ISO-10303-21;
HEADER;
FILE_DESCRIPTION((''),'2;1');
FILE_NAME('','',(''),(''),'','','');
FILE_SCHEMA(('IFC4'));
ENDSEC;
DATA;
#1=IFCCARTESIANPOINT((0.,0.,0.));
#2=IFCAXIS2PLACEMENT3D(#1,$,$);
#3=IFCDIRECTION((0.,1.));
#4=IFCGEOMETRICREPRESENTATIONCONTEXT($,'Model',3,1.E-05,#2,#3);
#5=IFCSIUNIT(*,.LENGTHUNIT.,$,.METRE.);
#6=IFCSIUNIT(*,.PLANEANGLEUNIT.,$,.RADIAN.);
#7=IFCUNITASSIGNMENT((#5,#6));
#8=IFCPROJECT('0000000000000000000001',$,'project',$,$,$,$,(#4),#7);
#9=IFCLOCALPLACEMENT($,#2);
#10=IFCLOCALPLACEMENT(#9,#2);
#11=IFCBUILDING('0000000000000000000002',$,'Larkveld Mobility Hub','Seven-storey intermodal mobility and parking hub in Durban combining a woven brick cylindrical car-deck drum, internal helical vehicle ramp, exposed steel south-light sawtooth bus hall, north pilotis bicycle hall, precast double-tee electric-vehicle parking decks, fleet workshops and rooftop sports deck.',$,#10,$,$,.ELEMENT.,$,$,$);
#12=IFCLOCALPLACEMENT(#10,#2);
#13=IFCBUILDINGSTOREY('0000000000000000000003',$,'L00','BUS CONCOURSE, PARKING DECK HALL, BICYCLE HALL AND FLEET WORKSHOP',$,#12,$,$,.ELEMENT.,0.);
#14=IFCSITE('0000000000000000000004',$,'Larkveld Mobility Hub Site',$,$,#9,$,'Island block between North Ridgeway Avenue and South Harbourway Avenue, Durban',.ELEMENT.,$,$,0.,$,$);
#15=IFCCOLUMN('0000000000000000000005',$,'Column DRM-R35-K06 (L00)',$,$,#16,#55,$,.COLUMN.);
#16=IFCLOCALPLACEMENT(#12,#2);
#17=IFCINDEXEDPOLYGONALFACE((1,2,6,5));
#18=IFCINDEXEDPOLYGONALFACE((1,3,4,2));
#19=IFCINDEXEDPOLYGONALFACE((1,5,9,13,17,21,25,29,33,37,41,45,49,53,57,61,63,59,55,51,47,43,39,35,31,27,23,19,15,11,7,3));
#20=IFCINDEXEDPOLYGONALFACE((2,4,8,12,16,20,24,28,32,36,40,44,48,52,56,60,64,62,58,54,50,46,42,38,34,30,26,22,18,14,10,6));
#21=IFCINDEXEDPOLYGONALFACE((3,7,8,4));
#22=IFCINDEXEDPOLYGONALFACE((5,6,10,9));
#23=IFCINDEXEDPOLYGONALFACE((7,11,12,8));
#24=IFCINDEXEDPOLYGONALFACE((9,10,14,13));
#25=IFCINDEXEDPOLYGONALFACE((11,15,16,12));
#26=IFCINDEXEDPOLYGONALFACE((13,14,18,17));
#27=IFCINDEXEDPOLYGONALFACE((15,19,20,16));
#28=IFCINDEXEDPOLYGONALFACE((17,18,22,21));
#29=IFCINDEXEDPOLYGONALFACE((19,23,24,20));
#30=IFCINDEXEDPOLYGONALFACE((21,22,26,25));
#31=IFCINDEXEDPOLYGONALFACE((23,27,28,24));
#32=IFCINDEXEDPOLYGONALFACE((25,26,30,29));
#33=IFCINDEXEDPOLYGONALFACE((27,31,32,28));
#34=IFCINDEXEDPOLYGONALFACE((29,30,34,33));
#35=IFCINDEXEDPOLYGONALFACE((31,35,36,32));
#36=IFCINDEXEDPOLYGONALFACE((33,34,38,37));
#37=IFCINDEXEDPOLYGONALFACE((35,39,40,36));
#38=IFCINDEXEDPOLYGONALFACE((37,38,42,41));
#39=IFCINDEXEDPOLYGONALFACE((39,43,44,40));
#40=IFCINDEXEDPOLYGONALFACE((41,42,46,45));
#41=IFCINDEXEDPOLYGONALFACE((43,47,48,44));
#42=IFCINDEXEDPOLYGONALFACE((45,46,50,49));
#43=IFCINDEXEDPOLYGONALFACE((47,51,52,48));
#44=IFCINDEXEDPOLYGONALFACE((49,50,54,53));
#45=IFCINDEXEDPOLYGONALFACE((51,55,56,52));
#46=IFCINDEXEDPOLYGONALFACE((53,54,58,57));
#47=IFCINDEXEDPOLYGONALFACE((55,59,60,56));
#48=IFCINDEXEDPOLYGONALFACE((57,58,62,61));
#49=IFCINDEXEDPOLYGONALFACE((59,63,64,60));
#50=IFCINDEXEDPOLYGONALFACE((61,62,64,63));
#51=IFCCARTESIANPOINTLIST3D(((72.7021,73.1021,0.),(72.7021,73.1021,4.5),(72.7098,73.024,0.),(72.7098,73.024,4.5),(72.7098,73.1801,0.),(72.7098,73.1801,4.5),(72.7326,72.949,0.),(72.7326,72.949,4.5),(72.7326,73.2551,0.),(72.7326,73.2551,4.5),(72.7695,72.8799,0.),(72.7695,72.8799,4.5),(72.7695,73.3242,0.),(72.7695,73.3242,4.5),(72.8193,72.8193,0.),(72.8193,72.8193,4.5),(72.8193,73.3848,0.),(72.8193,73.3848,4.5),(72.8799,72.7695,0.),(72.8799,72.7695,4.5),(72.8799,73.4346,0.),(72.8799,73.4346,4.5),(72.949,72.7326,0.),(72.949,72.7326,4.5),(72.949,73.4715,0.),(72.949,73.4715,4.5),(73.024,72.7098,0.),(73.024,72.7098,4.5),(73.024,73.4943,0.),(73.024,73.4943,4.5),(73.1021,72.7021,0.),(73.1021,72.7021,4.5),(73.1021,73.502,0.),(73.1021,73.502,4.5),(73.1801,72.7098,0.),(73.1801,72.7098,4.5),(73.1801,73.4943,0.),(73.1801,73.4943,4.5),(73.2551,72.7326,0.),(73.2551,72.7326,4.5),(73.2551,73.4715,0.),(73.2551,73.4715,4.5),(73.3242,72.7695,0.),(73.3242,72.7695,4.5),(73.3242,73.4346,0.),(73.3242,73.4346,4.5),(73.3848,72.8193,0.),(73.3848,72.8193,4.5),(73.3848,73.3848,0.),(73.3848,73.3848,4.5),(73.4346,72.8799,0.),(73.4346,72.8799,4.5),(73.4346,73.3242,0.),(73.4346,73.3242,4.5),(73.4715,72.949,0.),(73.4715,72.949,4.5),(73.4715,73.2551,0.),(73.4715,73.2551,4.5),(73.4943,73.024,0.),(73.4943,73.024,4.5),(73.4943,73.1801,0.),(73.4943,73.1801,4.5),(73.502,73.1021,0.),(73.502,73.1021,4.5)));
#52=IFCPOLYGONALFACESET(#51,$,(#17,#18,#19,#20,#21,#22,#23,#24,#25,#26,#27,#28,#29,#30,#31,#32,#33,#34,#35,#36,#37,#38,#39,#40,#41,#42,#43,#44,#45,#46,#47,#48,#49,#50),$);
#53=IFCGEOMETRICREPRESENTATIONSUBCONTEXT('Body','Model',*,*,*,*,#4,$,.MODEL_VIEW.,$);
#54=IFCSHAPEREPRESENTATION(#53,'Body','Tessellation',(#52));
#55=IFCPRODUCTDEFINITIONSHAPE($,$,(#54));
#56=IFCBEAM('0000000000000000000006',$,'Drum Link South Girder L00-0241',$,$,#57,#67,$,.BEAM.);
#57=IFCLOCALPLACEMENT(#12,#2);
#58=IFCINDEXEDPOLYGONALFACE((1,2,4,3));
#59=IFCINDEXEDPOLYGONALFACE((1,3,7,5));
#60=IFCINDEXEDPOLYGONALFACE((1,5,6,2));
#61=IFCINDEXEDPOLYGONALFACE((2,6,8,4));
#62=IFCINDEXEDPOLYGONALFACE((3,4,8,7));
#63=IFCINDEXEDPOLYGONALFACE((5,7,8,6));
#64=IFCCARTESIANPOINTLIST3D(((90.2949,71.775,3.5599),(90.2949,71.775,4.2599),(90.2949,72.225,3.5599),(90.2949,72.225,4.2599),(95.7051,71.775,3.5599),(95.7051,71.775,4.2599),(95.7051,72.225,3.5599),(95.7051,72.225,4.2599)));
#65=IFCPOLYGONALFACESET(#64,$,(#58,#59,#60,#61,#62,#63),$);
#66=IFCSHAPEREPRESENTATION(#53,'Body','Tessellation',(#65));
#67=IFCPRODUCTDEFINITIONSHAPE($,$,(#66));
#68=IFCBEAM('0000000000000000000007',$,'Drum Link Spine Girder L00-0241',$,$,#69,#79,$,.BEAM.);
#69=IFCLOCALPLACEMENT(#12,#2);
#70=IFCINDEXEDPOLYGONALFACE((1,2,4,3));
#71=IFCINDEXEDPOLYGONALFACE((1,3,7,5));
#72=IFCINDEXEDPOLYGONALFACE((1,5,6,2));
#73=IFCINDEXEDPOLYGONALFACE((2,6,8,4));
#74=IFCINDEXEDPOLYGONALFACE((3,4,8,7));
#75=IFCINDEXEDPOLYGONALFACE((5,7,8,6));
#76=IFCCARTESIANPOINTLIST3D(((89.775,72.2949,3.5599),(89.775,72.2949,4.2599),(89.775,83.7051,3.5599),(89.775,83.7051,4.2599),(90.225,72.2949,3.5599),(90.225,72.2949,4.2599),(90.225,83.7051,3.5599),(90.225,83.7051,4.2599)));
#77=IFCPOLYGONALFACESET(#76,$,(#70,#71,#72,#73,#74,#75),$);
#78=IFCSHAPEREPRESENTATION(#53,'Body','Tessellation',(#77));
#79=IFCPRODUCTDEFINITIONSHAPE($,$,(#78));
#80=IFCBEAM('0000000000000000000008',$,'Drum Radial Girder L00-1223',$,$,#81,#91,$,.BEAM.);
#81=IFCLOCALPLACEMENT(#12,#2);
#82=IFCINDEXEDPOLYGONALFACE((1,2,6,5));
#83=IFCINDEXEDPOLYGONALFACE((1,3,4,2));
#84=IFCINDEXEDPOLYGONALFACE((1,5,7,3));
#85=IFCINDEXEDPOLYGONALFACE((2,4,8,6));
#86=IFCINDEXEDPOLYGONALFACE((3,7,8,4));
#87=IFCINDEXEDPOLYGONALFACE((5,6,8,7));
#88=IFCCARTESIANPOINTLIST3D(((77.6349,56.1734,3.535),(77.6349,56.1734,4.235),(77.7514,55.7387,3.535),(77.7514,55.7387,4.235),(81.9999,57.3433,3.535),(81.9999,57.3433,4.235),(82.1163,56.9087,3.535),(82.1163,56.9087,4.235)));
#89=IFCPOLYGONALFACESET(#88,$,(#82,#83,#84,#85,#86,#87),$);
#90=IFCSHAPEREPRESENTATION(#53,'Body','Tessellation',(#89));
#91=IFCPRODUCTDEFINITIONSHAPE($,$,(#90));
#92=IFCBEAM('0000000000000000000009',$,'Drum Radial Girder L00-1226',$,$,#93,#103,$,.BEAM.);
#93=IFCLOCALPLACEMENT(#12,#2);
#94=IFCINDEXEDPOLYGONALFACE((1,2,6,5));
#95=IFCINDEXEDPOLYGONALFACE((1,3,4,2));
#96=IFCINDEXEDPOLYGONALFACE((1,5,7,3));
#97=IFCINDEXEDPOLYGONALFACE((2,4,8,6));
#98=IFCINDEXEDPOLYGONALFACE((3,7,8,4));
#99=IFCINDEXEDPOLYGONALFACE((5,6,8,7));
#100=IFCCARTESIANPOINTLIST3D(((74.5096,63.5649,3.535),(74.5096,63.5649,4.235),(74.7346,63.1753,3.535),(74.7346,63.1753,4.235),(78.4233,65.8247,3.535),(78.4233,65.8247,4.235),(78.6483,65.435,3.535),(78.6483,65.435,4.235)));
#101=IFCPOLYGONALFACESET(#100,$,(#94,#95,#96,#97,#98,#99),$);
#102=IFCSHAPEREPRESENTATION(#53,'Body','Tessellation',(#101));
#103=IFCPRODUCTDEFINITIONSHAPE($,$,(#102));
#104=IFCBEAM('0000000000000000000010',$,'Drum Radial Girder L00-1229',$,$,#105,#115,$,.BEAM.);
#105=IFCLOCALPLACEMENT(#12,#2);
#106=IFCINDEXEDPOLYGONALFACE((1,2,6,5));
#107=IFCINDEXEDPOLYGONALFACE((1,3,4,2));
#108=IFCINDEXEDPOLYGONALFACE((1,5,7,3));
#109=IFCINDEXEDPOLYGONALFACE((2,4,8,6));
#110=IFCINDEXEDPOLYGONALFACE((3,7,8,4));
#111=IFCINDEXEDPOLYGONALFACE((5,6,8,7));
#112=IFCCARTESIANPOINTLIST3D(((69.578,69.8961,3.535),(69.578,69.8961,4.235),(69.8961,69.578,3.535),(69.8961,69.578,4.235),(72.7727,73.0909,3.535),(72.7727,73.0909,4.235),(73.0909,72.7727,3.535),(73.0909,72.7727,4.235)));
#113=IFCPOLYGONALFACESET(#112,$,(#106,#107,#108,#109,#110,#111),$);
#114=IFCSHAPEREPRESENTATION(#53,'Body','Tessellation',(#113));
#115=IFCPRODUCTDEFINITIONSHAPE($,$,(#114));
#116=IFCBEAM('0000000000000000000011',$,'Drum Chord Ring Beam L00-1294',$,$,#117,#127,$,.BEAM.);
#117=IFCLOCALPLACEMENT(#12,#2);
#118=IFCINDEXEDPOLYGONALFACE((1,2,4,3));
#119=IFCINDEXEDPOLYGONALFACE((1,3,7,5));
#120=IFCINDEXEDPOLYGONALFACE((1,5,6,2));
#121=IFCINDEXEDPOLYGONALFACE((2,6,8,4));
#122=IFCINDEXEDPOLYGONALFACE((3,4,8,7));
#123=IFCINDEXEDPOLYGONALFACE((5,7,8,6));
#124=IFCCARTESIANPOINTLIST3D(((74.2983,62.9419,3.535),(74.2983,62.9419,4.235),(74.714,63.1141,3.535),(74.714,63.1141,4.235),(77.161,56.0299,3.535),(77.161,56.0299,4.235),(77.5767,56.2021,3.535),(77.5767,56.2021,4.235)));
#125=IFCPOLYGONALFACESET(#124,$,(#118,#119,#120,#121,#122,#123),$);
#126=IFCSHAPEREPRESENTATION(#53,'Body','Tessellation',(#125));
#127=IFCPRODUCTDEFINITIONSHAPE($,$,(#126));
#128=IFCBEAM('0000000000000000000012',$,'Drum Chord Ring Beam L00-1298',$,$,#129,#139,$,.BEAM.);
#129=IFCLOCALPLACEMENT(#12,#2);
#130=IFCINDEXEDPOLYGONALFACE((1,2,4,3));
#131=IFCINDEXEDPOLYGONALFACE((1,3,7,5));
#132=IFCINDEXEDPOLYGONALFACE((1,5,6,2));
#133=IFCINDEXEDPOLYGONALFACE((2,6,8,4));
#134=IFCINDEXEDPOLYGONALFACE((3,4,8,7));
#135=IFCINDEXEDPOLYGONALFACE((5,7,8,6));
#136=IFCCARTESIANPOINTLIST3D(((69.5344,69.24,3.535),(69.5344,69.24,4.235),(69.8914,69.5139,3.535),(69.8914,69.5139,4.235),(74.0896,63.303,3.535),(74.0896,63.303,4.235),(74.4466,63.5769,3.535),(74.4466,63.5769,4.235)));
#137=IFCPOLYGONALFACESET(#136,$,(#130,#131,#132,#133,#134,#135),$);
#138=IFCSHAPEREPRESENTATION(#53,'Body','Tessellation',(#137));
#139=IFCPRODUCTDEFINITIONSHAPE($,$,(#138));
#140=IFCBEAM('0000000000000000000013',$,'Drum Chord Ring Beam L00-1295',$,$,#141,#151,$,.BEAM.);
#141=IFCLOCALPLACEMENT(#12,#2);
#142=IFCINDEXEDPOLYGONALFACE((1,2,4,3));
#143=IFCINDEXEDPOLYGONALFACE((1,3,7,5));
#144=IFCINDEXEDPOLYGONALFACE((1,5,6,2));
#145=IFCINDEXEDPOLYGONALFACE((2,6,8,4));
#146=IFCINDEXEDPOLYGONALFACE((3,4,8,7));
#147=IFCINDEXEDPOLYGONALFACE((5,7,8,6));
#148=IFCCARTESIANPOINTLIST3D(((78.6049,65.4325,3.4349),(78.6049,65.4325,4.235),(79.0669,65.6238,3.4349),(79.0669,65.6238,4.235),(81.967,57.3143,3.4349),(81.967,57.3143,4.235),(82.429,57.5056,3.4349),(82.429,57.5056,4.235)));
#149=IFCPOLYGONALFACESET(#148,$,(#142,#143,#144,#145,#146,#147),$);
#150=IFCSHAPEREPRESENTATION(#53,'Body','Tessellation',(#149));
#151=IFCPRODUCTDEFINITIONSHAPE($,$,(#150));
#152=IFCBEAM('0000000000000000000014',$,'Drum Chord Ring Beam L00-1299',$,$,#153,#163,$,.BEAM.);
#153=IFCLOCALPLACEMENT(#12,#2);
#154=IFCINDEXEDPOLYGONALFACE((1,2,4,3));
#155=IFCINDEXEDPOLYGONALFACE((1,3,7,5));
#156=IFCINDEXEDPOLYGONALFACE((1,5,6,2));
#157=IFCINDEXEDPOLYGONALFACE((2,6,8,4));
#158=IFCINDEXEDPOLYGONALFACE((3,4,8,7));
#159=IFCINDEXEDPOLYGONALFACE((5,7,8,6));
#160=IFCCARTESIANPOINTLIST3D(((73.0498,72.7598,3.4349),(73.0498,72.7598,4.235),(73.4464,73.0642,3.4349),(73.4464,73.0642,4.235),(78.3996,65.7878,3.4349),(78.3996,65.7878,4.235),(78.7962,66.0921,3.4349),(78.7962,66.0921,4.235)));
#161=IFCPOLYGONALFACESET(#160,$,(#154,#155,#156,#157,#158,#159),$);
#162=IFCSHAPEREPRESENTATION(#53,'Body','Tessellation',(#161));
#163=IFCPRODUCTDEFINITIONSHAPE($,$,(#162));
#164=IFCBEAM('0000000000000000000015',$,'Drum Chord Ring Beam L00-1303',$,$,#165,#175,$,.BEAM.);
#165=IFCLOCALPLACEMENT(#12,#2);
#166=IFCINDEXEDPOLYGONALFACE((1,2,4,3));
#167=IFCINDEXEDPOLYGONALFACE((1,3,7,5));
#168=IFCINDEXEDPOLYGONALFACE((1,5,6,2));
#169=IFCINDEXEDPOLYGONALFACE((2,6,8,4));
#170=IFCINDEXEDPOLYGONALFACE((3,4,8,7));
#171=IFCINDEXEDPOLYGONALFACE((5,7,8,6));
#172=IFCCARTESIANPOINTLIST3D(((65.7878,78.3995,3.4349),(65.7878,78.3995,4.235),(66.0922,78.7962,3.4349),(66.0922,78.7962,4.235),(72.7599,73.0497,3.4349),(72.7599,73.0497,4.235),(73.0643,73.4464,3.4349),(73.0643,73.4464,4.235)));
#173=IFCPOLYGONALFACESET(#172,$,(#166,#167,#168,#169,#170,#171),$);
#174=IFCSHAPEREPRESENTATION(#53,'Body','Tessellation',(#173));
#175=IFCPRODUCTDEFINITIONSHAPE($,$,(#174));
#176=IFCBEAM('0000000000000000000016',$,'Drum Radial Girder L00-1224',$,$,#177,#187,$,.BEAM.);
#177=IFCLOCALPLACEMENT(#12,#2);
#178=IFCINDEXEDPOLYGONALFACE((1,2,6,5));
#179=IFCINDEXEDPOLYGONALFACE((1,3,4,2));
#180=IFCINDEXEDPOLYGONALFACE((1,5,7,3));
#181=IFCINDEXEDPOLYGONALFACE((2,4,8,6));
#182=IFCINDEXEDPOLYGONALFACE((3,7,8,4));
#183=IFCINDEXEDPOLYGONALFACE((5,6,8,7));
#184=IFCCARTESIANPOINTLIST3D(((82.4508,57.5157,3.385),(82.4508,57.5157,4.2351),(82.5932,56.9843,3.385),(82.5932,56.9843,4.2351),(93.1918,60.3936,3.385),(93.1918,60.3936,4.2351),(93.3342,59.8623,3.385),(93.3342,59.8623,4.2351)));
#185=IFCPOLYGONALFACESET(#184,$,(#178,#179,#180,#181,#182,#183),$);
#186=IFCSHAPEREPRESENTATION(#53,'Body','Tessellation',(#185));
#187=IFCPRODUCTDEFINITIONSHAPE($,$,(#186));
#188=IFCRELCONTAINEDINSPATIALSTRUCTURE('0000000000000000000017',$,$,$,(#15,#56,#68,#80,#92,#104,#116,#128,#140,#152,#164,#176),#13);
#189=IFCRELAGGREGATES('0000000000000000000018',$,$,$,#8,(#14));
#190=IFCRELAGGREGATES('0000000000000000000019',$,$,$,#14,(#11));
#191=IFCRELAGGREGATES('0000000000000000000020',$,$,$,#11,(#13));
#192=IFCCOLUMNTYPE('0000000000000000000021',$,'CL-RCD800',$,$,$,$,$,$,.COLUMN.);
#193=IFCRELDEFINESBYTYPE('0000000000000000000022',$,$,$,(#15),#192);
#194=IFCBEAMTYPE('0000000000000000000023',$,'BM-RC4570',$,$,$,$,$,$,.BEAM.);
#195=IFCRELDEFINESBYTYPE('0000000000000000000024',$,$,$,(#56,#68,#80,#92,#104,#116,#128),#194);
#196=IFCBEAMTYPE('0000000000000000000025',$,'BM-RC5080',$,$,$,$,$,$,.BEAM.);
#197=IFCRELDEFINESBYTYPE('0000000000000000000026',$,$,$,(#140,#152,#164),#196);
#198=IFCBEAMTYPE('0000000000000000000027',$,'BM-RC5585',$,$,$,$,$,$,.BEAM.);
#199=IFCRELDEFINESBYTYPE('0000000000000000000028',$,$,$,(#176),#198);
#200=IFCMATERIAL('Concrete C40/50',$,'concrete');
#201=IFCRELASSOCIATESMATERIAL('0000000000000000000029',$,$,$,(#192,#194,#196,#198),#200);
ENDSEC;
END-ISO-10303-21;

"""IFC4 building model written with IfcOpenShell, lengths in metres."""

from ifc_helpers import new_model, si_unit, direction, frame, origin, origin_2d, place, context, subcontext, project, spatial, rectangle, circle, extrude, material, material_profile, profile_set, type_object, element, save


model = new_model("IFC4")

# Units and contexts
model_context = context("Model", 3, precision=1e-05, world=origin(), true_north=direction((0.0, 1.0)))
body_context = subcontext(model_context, "Body", "Model", "MODEL_VIEW")
ifc_project = project(units=[si_unit("LENGTHUNIT", "METRE"), si_unit("PLANEANGLEUNIT", "RADIAN")], contexts=[model_context])

# Site, building, storey
site_placement = place(None, origin())
site = spatial("IfcSite", under=ifc_project, at=site_placement, Name="Larkveld Mobility Hub Site", LongName="Island block between North Ridgeway Avenue and South Harbourway Avenue, Durban", CompositionType="ELEMENT", RefElevation=0.0)
building_placement = place(site_placement, origin())
building = spatial("IfcBuilding", under=site, at=building_placement, Name="Larkveld Mobility Hub", Description="Seven-storey intermodal mobility and parking hub in Durban combining a woven brick cylindrical car-deck drum, internal helical vehicle ramp, exposed steel south-light sawtooth bus hall, north pilotis bicycle hall, precast double-tee electric-vehicle parking decks, fleet workshops and rooftop sports deck.", CompositionType="ELEMENT")
storey_placement = place(building_placement, origin())
storey = spatial("IfcBuildingStorey", under=building, at=storey_placement, Name="L00", Description="BUS CONCOURSE, PARKING DECK HALL, BICYCLE HALL AND FLEET WORKSHOP", CompositionType="ELEMENT", Elevation=0.0)

# Column
ifc_material_1 = material(Name="Concrete C40/50", Category="concrete")
ifc_material_profile_1 = material_profile(ifc_material_1, circle(Radius=0.3999, at=origin_2d()), Name="RC COL D800")
ifc_profile_set_1 = profile_set([ifc_material_profile_1], Name="Concrete C40/50")
column_type_1 = type_object("IfcColumnType", Name="CL-RCD800", PredefinedType="COLUMN", material=ifc_profile_set_1)
for number, where, z_axis, x_axis, name in (
    (1, (73.1021, 73.1021, 0.0), (0.0, 0.0, 1.0), (1.0, 0.0, 0.0), "Column DRM-R35-K06 (L00)"),
):
    element("IfcColumn", number, at=place(storey_placement, frame(where, z_axis=z_axis, x_axis=x_axis)), inside=storey, type_object=column_type_1, Name=name, PredefinedType="COLUMN", context=body_context, shape_type="SweptSolid", body=[
        extrude(circle(Radius=0.3999, at=origin_2d()), origin(), (0.0, 0.0, 1.0), 4.5),
    ])

# Beams
ifc_material_profile_2 = material_profile(ifc_material_1, rectangle(XDim=0.45, YDim=0.7, at=origin_2d()), Name="RC BM 450x700")
ifc_profile_set_2 = profile_set([ifc_material_profile_2], Name="Concrete C40/50")
beam_type_1 = type_object("IfcBeamType", Name="BM-RC4570", PredefinedType="BEAM", material=ifc_profile_set_2)
beam_1_placement = place(storey_placement, frame((90.2949, 72.0, 3.9099), z_axis=(1.0, 0.0, 0.0), x_axis=(0.0, 1.0, 0.0)))
element("IfcBeam", 2, at=beam_1_placement, inside=storey, type_object=beam_type_1, Name="Drum Link South Girder L00-0241", PredefinedType="BEAM", context=body_context, shape_type="SweptSolid", body=[
    extrude(rectangle(XDim=0.45, YDim=0.7, at=origin_2d()), origin(), (0.0, 0.0, 1.0), 5.4102),
])
beam_2_placement = place(storey_placement, frame((90.0, 72.2949, 3.9099), z_axis=(0.0, 1.0, 0.0), x_axis=(-1.0, 0.0, 0.0)))
element("IfcBeam", 3, at=beam_2_placement, inside=storey, type_object=beam_type_1, Name="Drum Link Spine Girder L00-0241", PredefinedType="BEAM", context=body_context, shape_type="SweptSolid", body=[
    extrude(rectangle(XDim=0.45, YDim=0.7, at=origin_2d()), origin(), (0.0, 0.0, 1.0), 11.4102),
])
beam_3_placement = place(storey_placement, frame((77.6931, 55.9561, 3.885), z_axis=(0.965908, 0.258886, 0.0), x_axis=(-0.258886, 0.965908, 0.0)))
element("IfcBeam", 4, at=beam_3_placement, inside=storey, type_object=beam_type_1, Name="Drum Radial Girder L00-1223", PredefinedType="BEAM", context=body_context, shape_type="SweptSolid", body=[
    extrude(rectangle(XDim=0.45, YDim=0.7, at=origin_2d()), origin(), (0.0, 0.0, 1.0), 4.519),
])
beam_4_placement = place(storey_placement, frame((74.6221, 63.3701, 3.885), z_axis=(0.866014, 0.50002, 0.0), x_axis=(-0.50002, 0.866014, 0.0)))
element("IfcBeam", 5, at=beam_4_placement, inside=storey, type_object=beam_type_1, Name="Drum Radial Girder L00-1226", PredefinedType="BEAM", context=body_context, shape_type="SweptSolid", body=[
    extrude(rectangle(XDim=0.45, YDim=0.7, at=origin_2d()), origin(), (0.0, 0.0, 1.0), 4.5193),
])
beam_5_placement = place(storey_placement, frame((69.7371, 69.7371, 3.885), z_axis=(0.707107, 0.707107, 0.0), x_axis=(-0.707107, 0.707107, 0.0)))
element("IfcBeam", 6, at=beam_5_placement, inside=storey, type_object=beam_type_1, Name="Drum Radial Girder L00-1229", PredefinedType="BEAM", context=body_context, shape_type="SweptSolid", body=[
    extrude(rectangle(XDim=0.45, YDim=0.7, at=origin_2d()), origin(), (0.0, 0.0, 1.0), 4.5181),
])
beam_6_placement = place(storey_placement, frame((77.3689, 56.116, 3.885), z_axis=(-0.38265, 0.923894, 0.0), x_axis=(-0.923894, -0.38265, 0.0)))
element("IfcBeam", 7, at=beam_6_placement, inside=storey, type_object=beam_type_1, Name="Drum Chord Ring Beam L00-1294", PredefinedType="BEAM", context=body_context, shape_type="SweptSolid", body=[
    extrude(rectangle(XDim=0.45, YDim=0.7, at=origin_2d()), origin(), (0.0, 0.0, 1.0), 7.4814),
])
beam_7_placement = place(storey_placement, frame((74.2681, 63.4399, 3.885), z_axis=(-0.608723, 0.793383, 0.0), x_axis=(-0.793383, -0.608723, 0.0)))
element("IfcBeam", 8, at=beam_7_placement, inside=storey, type_object=beam_type_1, Name="Drum Chord Ring Beam L00-1298", PredefinedType="BEAM", context=body_context, shape_type="SweptSolid", body=[
    extrude(rectangle(XDim=0.45, YDim=0.7, at=origin_2d()), origin(), (0.0, 0.0, 1.0), 7.4832),
])
ifc_material_profile_3 = material_profile(ifc_material_1, rectangle(XDim=0.5, YDim=0.8, at=origin_2d()), Name="RC BM 500x800")
ifc_profile_set_3 = profile_set([ifc_material_profile_3], Name="Concrete C40/50")
beam_type_2 = type_object("IfcBeamType", Name="BM-RC5080", PredefinedType="BEAM", material=ifc_profile_set_3)
beam_8_placement = place(storey_placement, frame((82.198, 57.4099, 3.835), z_axis=(-0.382626, 0.923903, 0.0), x_axis=(-0.923903, -0.382626, 0.0)))
element("IfcBeam", 9, at=beam_8_placement, inside=storey, type_object=beam_type_2, Name="Drum Chord Ring Beam L00-1295", PredefinedType="BEAM", context=body_context, shape_type="SweptSolid", body=[
    extrude(rectangle(XDim=0.5, YDim=0.8, at=origin_2d()), origin(), (0.0, 0.0, 1.0), 8.7869),
])
for number, where, z_axis, x_axis, name in (
    (10, (78.5979, 65.9399, 3.835), (-0.608756, 0.793358, 0.0), (-0.793358, -0.608756, 0.0), "Drum Chord Ring Beam L00-1299"),
    (11, (72.9121, 73.248, 3.835), (-0.793358, 0.608756, 0.0), (-0.608756, -0.793358, 0.0), "Drum Chord Ring Beam L00-1303"),
):
    element("IfcBeam", number, at=place(storey_placement, frame(where, z_axis=z_axis, x_axis=x_axis)), inside=storey, type_object=beam_type_2, Name=name, PredefinedType="BEAM", context=body_context, shape_type="SweptSolid", body=[
        extrude(rectangle(XDim=0.5, YDim=0.8, at=origin_2d()), origin(), (0.0, 0.0, 1.0), 8.7881),
    ])
ifc_material_profile_4 = material_profile(ifc_material_1, rectangle(XDim=0.55, YDim=0.8501, at=origin_2d()), Name="RC BM 550x850")
ifc_profile_set_4 = profile_set([ifc_material_profile_4], Name="Concrete C40/50")
beam_type_3 = type_object("IfcBeamType", Name="BM-RC5585", PredefinedType="BEAM", material=ifc_profile_set_4)
for number, where, z_axis, x_axis, name in (
    (12, (82.522, 57.25, 3.8101), (0.965928, 0.25881, 0.0), (-0.25881, 0.965928, 0.0), "Drum Radial Girder L00-1224"),
):
    element("IfcBeam", number, at=place(storey_placement, frame(where, z_axis=z_axis, x_axis=x_axis)), inside=storey, type_object=beam_type_3, Name=name, PredefinedType="BEAM", context=body_context, shape_type="SweptSolid", body=[
        extrude(rectangle(XDim=0.55, YDim=0.8501, at=origin_2d()), origin(), (0.0, 0.0, 1.0), 11.1199),
    ])

save(model, "model.ifc")
